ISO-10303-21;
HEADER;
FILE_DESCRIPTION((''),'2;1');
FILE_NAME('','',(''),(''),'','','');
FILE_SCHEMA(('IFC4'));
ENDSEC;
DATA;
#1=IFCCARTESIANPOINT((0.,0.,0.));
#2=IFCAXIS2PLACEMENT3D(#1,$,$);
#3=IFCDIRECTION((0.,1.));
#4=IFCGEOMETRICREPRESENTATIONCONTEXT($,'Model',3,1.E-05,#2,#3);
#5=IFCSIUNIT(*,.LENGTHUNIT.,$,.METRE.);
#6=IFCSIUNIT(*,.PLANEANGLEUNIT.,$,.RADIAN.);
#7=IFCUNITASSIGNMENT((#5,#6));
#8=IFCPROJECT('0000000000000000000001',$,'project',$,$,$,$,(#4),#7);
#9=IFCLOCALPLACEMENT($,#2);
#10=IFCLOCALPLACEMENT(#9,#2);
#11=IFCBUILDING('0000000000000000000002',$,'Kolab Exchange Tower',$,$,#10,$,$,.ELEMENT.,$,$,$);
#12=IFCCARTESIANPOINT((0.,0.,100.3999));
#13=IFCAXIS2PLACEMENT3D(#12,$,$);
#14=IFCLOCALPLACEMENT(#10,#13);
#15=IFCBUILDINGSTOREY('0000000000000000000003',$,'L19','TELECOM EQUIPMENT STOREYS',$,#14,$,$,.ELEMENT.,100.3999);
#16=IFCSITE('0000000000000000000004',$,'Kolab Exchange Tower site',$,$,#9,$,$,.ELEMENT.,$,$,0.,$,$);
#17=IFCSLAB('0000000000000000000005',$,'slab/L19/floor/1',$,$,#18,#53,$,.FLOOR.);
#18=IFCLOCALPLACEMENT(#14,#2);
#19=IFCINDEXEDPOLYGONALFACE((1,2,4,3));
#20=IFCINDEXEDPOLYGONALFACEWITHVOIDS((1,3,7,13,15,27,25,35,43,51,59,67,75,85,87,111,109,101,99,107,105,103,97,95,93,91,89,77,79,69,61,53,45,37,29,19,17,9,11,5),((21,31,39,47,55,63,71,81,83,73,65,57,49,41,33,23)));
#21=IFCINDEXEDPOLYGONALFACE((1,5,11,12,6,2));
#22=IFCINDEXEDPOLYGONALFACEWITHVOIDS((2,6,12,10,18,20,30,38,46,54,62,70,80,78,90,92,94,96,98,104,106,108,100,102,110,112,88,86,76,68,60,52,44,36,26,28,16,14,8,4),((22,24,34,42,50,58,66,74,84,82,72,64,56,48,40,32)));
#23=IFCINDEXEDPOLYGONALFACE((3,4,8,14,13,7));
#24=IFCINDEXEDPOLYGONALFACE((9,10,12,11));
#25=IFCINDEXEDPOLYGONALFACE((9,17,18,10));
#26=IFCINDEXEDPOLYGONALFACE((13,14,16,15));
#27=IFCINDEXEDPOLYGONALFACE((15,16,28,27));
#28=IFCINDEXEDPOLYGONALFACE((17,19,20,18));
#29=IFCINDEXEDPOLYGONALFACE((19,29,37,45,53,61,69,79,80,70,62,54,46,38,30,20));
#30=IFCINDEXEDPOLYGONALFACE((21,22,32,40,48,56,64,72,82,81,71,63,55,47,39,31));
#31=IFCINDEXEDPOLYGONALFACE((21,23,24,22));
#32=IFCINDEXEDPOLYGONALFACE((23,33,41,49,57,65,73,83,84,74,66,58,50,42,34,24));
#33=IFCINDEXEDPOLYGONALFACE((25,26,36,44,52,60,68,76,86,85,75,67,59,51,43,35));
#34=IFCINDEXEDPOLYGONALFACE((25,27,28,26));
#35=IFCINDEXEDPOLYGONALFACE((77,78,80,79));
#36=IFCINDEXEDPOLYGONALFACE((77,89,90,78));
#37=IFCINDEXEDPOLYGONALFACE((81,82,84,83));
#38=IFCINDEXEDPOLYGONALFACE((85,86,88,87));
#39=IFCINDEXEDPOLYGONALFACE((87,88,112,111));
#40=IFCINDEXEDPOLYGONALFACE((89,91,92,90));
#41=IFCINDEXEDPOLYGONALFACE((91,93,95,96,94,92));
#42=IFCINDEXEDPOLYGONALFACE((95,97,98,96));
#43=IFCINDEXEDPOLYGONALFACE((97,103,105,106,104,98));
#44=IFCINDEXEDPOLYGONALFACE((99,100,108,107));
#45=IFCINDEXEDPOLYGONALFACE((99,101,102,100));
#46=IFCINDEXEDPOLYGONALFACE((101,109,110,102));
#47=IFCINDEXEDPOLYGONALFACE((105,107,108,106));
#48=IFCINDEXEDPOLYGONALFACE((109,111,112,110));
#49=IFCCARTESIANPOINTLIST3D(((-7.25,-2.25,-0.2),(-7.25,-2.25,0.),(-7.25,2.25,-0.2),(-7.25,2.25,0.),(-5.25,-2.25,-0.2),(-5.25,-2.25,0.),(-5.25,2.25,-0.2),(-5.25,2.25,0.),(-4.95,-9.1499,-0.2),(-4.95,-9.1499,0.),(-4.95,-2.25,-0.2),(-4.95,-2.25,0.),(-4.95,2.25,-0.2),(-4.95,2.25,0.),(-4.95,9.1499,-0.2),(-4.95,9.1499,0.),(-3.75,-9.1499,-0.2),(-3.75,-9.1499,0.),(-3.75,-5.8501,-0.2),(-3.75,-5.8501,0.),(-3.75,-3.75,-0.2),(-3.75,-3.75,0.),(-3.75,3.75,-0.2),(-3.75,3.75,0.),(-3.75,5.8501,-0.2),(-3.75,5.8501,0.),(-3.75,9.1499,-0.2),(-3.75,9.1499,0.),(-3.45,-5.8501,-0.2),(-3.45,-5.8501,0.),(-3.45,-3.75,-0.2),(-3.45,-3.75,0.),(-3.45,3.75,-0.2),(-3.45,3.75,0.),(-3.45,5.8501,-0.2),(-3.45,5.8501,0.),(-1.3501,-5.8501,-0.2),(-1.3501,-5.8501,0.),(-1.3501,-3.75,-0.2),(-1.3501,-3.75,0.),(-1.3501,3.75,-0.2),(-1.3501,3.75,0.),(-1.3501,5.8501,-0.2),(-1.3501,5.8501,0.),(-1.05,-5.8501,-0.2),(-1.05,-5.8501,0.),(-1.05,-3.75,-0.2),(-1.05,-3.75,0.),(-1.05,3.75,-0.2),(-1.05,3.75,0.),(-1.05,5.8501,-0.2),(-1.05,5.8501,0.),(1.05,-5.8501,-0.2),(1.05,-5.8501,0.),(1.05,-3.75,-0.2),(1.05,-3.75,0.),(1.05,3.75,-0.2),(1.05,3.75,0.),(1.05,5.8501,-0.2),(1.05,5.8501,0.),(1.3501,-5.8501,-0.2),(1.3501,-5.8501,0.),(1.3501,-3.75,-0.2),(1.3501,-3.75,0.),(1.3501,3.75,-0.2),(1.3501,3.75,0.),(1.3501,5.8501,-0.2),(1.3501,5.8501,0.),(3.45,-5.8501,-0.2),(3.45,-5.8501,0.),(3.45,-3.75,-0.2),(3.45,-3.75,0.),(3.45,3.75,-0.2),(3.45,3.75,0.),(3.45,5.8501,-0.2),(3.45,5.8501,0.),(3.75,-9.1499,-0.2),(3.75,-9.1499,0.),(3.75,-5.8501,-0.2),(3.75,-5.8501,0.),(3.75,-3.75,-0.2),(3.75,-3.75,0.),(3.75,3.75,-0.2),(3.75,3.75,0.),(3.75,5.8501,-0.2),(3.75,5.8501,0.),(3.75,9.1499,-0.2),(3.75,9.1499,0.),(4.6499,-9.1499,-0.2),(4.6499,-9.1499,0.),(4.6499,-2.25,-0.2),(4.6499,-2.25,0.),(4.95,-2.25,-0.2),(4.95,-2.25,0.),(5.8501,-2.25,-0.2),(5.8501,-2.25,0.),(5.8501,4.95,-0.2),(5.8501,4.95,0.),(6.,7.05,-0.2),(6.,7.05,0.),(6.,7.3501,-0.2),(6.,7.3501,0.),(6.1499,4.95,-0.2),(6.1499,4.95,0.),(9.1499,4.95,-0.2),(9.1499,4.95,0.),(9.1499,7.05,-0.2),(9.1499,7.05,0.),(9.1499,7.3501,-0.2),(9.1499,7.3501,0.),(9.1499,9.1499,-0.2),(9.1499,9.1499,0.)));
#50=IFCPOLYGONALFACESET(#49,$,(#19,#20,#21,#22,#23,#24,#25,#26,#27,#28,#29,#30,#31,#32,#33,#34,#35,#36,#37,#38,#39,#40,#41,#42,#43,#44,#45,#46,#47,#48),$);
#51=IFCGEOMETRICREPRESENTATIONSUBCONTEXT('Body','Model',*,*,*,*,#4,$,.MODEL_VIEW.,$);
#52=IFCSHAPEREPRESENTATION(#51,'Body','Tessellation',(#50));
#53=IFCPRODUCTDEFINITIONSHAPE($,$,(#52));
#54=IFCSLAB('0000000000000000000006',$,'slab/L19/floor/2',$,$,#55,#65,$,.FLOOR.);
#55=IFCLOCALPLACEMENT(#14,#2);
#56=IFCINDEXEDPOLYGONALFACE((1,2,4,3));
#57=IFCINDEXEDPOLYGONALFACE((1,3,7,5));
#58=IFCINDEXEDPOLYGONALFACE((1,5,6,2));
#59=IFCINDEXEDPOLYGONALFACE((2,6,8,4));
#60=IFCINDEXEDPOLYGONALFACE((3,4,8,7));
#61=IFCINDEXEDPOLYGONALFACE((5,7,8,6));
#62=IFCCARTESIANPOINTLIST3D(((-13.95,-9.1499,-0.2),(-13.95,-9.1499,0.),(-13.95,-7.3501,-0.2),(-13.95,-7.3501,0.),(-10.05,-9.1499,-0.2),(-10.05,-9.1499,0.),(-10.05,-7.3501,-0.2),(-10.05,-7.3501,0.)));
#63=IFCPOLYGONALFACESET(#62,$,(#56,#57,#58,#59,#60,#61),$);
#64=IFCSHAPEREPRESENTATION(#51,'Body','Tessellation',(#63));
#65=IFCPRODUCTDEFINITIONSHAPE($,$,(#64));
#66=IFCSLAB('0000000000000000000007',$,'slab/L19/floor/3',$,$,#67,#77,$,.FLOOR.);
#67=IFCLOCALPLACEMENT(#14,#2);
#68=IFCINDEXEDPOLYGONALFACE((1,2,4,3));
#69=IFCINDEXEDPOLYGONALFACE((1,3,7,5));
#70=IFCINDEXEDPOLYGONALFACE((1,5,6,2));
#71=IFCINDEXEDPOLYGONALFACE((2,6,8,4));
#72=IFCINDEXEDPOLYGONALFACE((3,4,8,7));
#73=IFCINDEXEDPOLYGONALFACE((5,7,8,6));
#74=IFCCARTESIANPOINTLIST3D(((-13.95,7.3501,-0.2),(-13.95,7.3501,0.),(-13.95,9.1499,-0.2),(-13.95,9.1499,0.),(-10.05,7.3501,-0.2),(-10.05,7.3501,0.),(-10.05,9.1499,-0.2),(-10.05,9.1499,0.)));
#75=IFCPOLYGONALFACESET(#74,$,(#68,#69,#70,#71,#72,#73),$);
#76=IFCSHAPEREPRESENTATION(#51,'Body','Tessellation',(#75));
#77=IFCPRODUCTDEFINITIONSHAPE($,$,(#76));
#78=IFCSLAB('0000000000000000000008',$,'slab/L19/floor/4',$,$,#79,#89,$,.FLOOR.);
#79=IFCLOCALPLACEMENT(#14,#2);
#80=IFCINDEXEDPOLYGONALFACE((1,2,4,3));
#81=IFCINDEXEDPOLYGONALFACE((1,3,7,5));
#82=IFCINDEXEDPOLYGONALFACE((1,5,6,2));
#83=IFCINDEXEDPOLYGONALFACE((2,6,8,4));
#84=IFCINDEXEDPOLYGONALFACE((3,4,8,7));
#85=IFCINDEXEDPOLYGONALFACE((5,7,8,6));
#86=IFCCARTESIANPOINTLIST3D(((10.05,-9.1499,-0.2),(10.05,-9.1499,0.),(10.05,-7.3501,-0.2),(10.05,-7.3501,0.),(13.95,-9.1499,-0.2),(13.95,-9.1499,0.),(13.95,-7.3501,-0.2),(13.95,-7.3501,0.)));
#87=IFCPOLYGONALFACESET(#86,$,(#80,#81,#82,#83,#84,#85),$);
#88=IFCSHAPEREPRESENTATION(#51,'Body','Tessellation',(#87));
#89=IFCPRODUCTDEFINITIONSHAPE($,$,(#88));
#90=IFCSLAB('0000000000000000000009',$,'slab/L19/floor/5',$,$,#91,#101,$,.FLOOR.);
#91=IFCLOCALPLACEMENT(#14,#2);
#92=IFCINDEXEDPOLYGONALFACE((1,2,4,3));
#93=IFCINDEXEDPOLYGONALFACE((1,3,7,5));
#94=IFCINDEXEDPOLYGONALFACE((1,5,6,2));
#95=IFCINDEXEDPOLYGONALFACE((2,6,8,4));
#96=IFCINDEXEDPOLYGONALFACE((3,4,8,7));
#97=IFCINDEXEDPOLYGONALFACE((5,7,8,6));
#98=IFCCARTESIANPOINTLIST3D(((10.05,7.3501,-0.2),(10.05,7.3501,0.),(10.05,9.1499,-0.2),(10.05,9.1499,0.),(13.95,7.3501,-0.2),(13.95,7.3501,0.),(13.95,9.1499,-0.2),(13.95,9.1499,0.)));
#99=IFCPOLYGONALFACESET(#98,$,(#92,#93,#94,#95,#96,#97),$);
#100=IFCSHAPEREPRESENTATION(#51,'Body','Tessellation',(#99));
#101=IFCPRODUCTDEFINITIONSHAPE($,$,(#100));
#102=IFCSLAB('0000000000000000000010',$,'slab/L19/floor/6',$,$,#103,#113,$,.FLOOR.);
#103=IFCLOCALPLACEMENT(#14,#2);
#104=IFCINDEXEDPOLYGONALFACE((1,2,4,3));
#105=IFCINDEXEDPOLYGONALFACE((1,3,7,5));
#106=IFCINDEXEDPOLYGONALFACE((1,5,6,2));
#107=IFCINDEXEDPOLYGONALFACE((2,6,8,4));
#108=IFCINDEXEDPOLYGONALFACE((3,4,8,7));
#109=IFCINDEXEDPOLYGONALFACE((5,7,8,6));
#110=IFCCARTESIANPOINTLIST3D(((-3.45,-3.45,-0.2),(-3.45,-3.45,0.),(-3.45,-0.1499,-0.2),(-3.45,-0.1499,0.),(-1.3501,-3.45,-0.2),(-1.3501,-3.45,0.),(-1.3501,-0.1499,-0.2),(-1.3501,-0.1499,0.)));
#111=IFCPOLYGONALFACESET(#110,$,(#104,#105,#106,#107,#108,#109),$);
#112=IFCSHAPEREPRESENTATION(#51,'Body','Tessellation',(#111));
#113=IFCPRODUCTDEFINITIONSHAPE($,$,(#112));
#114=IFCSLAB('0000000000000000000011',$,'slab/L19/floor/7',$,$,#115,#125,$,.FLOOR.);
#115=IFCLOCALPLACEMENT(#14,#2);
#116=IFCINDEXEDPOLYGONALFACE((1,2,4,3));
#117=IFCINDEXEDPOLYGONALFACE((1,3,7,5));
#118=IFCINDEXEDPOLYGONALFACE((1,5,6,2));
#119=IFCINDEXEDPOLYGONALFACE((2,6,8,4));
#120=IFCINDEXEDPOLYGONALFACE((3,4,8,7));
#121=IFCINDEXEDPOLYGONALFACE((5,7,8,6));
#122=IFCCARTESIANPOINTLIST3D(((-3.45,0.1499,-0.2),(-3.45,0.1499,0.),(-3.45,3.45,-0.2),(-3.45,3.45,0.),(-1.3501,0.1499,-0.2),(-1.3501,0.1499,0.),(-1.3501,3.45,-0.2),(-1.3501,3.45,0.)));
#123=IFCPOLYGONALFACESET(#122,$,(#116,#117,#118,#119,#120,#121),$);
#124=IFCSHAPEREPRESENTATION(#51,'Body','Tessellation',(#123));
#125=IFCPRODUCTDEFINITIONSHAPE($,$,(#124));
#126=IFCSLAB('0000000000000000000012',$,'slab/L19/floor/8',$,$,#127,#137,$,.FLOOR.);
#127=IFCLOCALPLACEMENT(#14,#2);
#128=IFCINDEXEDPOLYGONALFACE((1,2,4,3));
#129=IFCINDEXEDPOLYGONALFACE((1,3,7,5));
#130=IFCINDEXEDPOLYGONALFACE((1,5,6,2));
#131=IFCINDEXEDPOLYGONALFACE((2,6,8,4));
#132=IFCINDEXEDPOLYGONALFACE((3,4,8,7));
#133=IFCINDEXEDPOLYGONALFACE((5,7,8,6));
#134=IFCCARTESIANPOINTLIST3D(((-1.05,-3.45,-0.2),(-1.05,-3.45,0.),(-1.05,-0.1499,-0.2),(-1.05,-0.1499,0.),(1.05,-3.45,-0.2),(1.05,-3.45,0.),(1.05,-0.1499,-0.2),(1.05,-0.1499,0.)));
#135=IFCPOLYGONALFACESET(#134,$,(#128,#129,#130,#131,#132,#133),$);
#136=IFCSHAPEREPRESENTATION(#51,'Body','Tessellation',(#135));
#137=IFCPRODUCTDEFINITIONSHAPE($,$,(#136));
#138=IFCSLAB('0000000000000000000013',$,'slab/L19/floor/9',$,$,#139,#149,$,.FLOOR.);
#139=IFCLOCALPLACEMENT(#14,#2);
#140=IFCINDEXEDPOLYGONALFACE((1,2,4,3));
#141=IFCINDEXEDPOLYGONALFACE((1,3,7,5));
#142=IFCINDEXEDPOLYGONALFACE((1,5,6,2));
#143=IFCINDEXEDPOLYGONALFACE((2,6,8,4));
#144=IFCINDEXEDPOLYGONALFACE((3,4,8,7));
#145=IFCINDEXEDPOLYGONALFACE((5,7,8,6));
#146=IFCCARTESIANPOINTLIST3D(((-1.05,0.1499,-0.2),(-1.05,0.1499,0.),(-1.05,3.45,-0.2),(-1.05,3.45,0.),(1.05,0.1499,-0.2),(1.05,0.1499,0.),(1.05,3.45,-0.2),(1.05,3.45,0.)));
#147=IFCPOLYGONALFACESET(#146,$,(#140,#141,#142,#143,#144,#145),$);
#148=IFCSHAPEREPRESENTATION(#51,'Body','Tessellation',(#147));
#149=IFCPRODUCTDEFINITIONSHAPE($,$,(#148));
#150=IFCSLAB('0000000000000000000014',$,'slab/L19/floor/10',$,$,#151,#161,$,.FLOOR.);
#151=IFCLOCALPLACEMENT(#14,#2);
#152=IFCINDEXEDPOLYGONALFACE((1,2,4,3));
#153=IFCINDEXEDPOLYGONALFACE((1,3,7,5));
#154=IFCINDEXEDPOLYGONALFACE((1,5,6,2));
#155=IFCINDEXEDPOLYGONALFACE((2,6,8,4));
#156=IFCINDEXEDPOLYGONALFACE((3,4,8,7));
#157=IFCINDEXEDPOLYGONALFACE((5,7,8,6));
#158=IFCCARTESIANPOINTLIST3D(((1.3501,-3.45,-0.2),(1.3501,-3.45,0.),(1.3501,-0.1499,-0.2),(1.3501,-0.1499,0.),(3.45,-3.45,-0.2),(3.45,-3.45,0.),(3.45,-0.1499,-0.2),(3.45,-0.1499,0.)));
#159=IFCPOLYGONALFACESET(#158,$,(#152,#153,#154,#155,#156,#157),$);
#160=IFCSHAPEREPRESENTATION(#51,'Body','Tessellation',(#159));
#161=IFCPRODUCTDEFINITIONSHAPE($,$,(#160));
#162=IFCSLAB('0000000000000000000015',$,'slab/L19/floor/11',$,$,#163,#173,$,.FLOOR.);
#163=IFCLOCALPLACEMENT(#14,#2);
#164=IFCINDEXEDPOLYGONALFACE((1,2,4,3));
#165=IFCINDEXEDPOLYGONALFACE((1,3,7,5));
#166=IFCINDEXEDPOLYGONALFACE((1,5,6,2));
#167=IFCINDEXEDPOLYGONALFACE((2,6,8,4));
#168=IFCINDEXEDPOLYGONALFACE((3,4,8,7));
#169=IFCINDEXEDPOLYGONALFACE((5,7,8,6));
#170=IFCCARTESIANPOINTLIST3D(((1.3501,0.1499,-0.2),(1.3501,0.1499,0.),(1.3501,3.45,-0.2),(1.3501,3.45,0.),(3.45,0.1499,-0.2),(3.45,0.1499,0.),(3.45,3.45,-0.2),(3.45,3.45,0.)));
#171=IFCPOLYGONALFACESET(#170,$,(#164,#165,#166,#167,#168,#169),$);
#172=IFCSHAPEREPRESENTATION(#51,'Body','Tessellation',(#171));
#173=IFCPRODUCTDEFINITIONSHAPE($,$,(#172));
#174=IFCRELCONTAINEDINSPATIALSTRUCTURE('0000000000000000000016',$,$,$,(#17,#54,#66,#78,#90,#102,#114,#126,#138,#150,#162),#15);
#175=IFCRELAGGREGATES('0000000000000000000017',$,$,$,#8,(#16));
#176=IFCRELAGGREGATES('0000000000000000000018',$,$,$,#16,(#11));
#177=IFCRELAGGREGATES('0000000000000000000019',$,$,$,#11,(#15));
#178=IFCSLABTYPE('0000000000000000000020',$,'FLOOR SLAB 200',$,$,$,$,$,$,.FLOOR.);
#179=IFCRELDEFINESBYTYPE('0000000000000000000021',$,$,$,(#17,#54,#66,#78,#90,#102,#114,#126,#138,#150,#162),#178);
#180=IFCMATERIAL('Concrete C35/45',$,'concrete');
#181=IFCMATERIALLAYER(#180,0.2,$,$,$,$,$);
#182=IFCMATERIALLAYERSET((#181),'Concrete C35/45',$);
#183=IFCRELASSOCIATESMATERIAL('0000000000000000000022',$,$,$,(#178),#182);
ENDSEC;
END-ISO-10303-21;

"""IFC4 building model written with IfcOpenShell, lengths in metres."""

from ifc_helpers import new_model, si_unit, direction, frame, origin, place, context, subcontext, project, spatial, polyline, outline, extrude, material, layer, layer_set, type_object, element, save


model = new_model("IFC4")

# Units and contexts
model_context = context("Model", 3, precision=1e-05, world=origin(), true_north=direction((0.0, 1.0)))
body_context = subcontext(model_context, "Body", "Model", "MODEL_VIEW")
ifc_project = project(units=[si_unit("LENGTHUNIT", "METRE"), si_unit("PLANEANGLEUNIT", "RADIAN")], contexts=[model_context])

# Site, building, storey
site_placement = place(None, origin())
site = spatial("IfcSite", under=ifc_project, at=site_placement, Name="Kolab Exchange Tower site", CompositionType="ELEMENT", RefElevation=0.0)
building_placement = place(site_placement, origin())
building = spatial("IfcBuilding", under=site, at=building_placement, Name="Kolab Exchange Tower", CompositionType="ELEMENT")
storey_placement = place(building_placement, frame((0.0, 0.0, 100.3999)))
storey = spatial("IfcBuildingStorey", under=building, at=storey_placement, Name="L19", Description="TELECOM EQUIPMENT STOREYS", CompositionType="ELEMENT", Elevation=100.3999)

# Slabs
ifc_material_1 = material(Name="Concrete C35/45", Category="concrete")
ifc_layer_1 = layer(ifc_material_1, 0.2)
ifc_layer_set_1 = layer_set([ifc_layer_1], Name="Concrete C35/45")
slab_type = type_object("IfcSlabType", Name="FLOOR SLAB 200", PredefinedType="FLOOR", material=ifc_layer_set_1)
slab_1_placement = place(storey_placement, frame((0.0, 0.0, -0.2)))
element("IfcSlab", 1, at=slab_1_placement, inside=storey, type_object=slab_type, Name="slab/L19/floor/1", PredefinedType="FLOOR", context=body_context, shape_type="SweptSolid", body=[
    extrude(outline(polyline([(-4.95, 9.1499), (-4.95, 2.25), (-5.25, 2.25), (-7.25, 2.25), (-7.25, -2.25), (-5.25, -2.25), (-4.95, -2.25), (-4.95, -9.1499), (-3.75, -9.1499), (-3.75, -5.8501), (-3.45, -5.8501), (-1.3501, -5.8501), (-1.05, -5.8501), (1.05, -5.8501), (1.3501, -5.8501), (3.45, -5.8501), (3.75, -5.8501), (3.75, -9.1499), (4.6499, -9.1499), (4.6499, -2.25), (4.95, -2.25), (5.8501, -2.25), (5.8501, 4.95), (6.1499, 4.95), (9.1499, 4.95), (9.1499, 7.05), (6.0, 7.05), (6.0, 7.3501), (9.1499, 7.3501), (9.1499, 9.1499), (3.75, 9.1499), (3.75, 5.8501), (3.45, 5.8501), (1.3501, 5.8501), (1.05, 5.8501), (-1.05, 5.8501), (-1.3501, 5.8501), (-3.45, 5.8501), (-3.75, 5.8501), (-3.75, 9.1499), (-4.95, 9.1499)]), holes=[polyline([(-3.75, -3.75), (-3.75, 3.75), (-3.45, 3.75), (-1.3501, 3.75), (-1.05, 3.75), (1.05, 3.75), (1.3501, 3.75), (3.45, 3.75), (3.75, 3.75), (3.75, -3.75), (3.45, -3.75), (1.3501, -3.75), (1.05, -3.75), (-1.05, -3.75), (-1.3501, -3.75), (-3.45, -3.75), (-3.75, -3.75)])]), origin(), (0.0, 0.0, 1.0), 0.2),
])
slab_2_placement = place(storey_placement, frame((0.0, 0.0, -0.2)))
element("IfcSlab", 2, at=slab_2_placement, inside=storey, type_object=slab_type, Name="slab/L19/floor/2", PredefinedType="FLOOR", context=body_context, shape_type="SweptSolid", body=[
    extrude(outline(polyline([(-10.05, -9.1499), (-10.05, -7.3501), (-13.95, -7.3501), (-13.95, -9.1499), (-10.05, -9.1499)])), origin(), (0.0, 0.0, 1.0), 0.2),
])
slab_3_placement = place(storey_placement, frame((0.0, 0.0, -0.2)))
element("IfcSlab", 3, at=slab_3_placement, inside=storey, type_object=slab_type, Name="slab/L19/floor/3", PredefinedType="FLOOR", context=body_context, shape_type="SweptSolid", body=[
    extrude(outline(polyline([(-10.05, 9.1499), (-13.95, 9.1499), (-13.95, 7.3501), (-10.05, 7.3501), (-10.05, 9.1499)])), origin(), (0.0, 0.0, 1.0), 0.2),
])
slab_4_placement = place(storey_placement, frame((0.0, 0.0, -0.2)))
element("IfcSlab", 4, at=slab_4_placement, inside=storey, type_object=slab_type, Name="slab/L19/floor/4", PredefinedType="FLOOR", context=body_context, shape_type="SweptSolid", body=[
    extrude(outline(polyline([(10.05, -9.1499), (13.95, -9.1499), (13.95, -7.3501), (10.05, -7.3501), (10.05, -9.1499)])), origin(), (0.0, 0.0, 1.0), 0.2),
])
slab_5_placement = place(storey_placement, frame((0.0, 0.0, -0.2)))
element("IfcSlab", 5, at=slab_5_placement, inside=storey, type_object=slab_type, Name="slab/L19/floor/5", PredefinedType="FLOOR", context=body_context, shape_type="SweptSolid", body=[
    extrude(outline(polyline([(13.95, 9.1499), (10.05, 9.1499), (10.05, 7.3501), (13.95, 7.3501), (13.95, 9.1499)])), origin(), (0.0, 0.0, 1.0), 0.2),
])
slab_6_placement = place(storey_placement, frame((0.0, 0.0, -0.2)))
element("IfcSlab", 6, at=slab_6_placement, inside=storey, type_object=slab_type, Name="slab/L19/floor/6", PredefinedType="FLOOR", context=body_context, shape_type="SweptSolid", body=[
    extrude(outline(polyline([(-1.3501, -3.45), (-1.3501, -0.1499), (-3.45, -0.1499), (-3.45, -3.45), (-1.3501, -3.45)])), origin(), (0.0, 0.0, 1.0), 0.2),
])
slab_7_placement = place(storey_placement, frame((0.0, 0.0, -0.2)))
element("IfcSlab", 7, at=slab_7_placement, inside=storey, type_object=slab_type, Name="slab/L19/floor/7", PredefinedType="FLOOR", context=body_context, shape_type="SweptSolid", body=[
    extrude(outline(polyline([(-1.3501, 0.1499), (-1.3501, 3.45), (-3.45, 3.45), (-3.45, 0.1499), (-1.3501, 0.1499)])), origin(), (0.0, 0.0, 1.0), 0.2),
])
slab_8_placement = place(storey_placement, frame((0.0, 0.0, -0.2)))
element("IfcSlab", 8, at=slab_8_placement, inside=storey, type_object=slab_type, Name="slab/L19/floor/8", PredefinedType="FLOOR", context=body_context, shape_type="SweptSolid", body=[
    extrude(outline(polyline([(-1.05, -0.1499), (-1.05, -3.45), (1.05, -3.45), (1.05, -0.1499), (-1.05, -0.1499)])), origin(), (0.0, 0.0, 1.0), 0.2),
])
slab_9_placement = place(storey_placement, frame((0.0, 0.0, -0.2)))
element("IfcSlab", 9, at=slab_9_placement, inside=storey, type_object=slab_type, Name="slab/L19/floor/9", PredefinedType="FLOOR", context=body_context, shape_type="SweptSolid", body=[
    extrude(outline(polyline([(-1.05, 3.45), (-1.05, 0.1499), (1.05, 0.1499), (1.05, 3.45), (-1.05, 3.45)])), origin(), (0.0, 0.0, 1.0), 0.2),
])
slab_10_placement = place(storey_placement, frame((0.0, 0.0, -0.2)))
element("IfcSlab", 10, at=slab_10_placement, inside=storey, type_object=slab_type, Name="slab/L19/floor/10", PredefinedType="FLOOR", context=body_context, shape_type="SweptSolid", body=[
    extrude(outline(polyline([(1.3501, -3.45), (3.45, -3.45), (3.45, -0.1499), (1.3501, -0.1499), (1.3501, -3.45)])), origin(), (0.0, 0.0, 1.0), 0.2),
])
slab_11_placement = place(storey_placement, frame((0.0, 0.0, -0.2)))
element("IfcSlab", 11, at=slab_11_placement, inside=storey, type_object=slab_type, Name="slab/L19/floor/11", PredefinedType="FLOOR", context=body_context, shape_type="SweptSolid", body=[
    extrude(outline(polyline([(1.3501, 0.1499), (3.45, 0.1499), (3.45, 3.45), (1.3501, 3.45), (1.3501, 0.1499)])), origin(), (0.0, 0.0, 1.0), 0.2),
])

save(model, "model.ifc")
